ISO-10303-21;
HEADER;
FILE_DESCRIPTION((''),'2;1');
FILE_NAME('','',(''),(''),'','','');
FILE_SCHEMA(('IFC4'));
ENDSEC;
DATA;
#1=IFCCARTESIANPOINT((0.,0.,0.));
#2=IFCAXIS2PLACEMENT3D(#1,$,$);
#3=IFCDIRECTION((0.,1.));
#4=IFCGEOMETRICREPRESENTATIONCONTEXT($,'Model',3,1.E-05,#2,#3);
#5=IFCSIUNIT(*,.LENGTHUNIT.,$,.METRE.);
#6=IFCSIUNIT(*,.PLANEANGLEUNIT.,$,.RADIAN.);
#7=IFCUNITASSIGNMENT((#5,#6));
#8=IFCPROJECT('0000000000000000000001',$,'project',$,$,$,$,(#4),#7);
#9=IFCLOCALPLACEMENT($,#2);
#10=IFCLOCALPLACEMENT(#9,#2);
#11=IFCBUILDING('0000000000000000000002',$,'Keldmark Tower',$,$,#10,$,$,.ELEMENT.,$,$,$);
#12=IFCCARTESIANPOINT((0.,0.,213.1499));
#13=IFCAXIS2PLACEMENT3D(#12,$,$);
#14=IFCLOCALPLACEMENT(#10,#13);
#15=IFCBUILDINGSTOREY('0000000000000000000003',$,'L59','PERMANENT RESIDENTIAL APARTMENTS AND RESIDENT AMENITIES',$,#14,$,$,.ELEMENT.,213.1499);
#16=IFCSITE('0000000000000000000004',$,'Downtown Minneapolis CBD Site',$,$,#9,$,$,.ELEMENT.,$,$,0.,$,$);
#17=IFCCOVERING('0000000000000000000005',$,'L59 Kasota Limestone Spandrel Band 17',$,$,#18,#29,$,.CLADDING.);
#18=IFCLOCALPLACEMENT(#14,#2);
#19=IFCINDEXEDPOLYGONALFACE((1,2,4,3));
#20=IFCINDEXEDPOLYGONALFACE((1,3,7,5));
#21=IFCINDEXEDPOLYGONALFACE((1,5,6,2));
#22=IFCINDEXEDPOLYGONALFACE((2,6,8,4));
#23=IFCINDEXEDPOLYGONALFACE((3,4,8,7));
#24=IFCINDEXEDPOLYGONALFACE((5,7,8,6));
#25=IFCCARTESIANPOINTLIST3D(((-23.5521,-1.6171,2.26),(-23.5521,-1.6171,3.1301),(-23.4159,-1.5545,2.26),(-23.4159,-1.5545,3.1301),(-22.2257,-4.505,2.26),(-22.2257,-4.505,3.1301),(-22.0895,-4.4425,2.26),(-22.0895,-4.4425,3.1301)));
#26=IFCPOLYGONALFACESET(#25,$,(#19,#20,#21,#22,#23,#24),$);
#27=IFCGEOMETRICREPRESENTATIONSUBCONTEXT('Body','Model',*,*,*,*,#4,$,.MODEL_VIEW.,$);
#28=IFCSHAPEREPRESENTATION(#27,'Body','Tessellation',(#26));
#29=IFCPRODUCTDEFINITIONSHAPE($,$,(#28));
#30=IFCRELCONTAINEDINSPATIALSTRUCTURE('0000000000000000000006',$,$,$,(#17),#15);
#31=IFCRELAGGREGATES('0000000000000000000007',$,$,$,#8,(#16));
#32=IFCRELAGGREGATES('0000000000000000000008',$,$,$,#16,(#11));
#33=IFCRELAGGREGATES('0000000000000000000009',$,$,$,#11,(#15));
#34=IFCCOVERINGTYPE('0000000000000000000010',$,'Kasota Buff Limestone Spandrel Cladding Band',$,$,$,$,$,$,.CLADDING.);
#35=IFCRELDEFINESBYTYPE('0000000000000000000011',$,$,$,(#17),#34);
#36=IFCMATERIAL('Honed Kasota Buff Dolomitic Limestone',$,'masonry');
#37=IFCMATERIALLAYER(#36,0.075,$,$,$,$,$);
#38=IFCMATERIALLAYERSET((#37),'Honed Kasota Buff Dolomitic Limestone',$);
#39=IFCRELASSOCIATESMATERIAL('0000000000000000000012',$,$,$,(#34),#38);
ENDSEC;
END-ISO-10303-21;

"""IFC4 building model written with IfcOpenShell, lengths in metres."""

from ifc_helpers import new_model, si_unit, direction, frame, origin, origin_2d, place, context, subcontext, project, spatial, rectangle, extrude, material, layer, layer_set, type_object, element, save


model = new_model("IFC4")

# Units and contexts
model_context = context("Model", 3, precision=1e-05, world=origin(), true_north=direction((0.0, 1.0)))
body_context = subcontext(model_context, "Body", "Model", "MODEL_VIEW")
ifc_project = project(units=[si_unit("LENGTHUNIT", "METRE"), si_unit("PLANEANGLEUNIT", "RADIAN")], contexts=[model_context])

# Site, building, storey
site_placement = place(None, origin())
site = spatial("IfcSite", under=ifc_project, at=site_placement, Name="Downtown Minneapolis CBD Site", CompositionType="ELEMENT", RefElevation=0.0)
building_placement = place(site_placement, origin())
building = spatial("IfcBuilding", under=site, at=building_placement, Name="Keldmark Tower", CompositionType="ELEMENT")
storey_placement = place(building_placement, frame((0.0, 0.0, 213.1499)))
storey = spatial("IfcBuildingStorey", under=building, at=storey_placement, Name="L59", Description="PERMANENT RESIDENTIAL APARTMENTS AND RESIDENT AMENITIES", CompositionType="ELEMENT", Elevation=213.1499)

# Covering
ifc_material_1 = material(Name="Honed Kasota Buff Dolomitic Limestone", Category="masonry")
ifc_layer_1 = layer(ifc_material_1, 0.075)
ifc_layer_set_1 = layer_set([ifc_layer_1], Name="Honed Kasota Buff Dolomitic Limestone")
covering_type = type_object("IfcCoveringType", Name="Kasota Buff Limestone Spandrel Cladding Band", PredefinedType="CLADDING", material=ifc_layer_set_1)
covering_placement = place(storey_placement, frame((-22.8208, -3.0298, 2.26), z_axis=(0.0, 0.0, 1.0), x_axis=(0.41736, -0.908741, 0.0)))
element("IfcCovering", 1, at=covering_placement, inside=storey, type_object=covering_type, Name="L59 Kasota Limestone Spandrel Band 17", PredefinedType="CLADDING", context=body_context, shape_type="SweptSolid", body=[
    extrude(rectangle(XDim=3.178, YDim=0.1499, at=origin_2d()), origin(), (0.0, 0.0, 1.0), 0.8701),
])

save(model, "model.ifc")
